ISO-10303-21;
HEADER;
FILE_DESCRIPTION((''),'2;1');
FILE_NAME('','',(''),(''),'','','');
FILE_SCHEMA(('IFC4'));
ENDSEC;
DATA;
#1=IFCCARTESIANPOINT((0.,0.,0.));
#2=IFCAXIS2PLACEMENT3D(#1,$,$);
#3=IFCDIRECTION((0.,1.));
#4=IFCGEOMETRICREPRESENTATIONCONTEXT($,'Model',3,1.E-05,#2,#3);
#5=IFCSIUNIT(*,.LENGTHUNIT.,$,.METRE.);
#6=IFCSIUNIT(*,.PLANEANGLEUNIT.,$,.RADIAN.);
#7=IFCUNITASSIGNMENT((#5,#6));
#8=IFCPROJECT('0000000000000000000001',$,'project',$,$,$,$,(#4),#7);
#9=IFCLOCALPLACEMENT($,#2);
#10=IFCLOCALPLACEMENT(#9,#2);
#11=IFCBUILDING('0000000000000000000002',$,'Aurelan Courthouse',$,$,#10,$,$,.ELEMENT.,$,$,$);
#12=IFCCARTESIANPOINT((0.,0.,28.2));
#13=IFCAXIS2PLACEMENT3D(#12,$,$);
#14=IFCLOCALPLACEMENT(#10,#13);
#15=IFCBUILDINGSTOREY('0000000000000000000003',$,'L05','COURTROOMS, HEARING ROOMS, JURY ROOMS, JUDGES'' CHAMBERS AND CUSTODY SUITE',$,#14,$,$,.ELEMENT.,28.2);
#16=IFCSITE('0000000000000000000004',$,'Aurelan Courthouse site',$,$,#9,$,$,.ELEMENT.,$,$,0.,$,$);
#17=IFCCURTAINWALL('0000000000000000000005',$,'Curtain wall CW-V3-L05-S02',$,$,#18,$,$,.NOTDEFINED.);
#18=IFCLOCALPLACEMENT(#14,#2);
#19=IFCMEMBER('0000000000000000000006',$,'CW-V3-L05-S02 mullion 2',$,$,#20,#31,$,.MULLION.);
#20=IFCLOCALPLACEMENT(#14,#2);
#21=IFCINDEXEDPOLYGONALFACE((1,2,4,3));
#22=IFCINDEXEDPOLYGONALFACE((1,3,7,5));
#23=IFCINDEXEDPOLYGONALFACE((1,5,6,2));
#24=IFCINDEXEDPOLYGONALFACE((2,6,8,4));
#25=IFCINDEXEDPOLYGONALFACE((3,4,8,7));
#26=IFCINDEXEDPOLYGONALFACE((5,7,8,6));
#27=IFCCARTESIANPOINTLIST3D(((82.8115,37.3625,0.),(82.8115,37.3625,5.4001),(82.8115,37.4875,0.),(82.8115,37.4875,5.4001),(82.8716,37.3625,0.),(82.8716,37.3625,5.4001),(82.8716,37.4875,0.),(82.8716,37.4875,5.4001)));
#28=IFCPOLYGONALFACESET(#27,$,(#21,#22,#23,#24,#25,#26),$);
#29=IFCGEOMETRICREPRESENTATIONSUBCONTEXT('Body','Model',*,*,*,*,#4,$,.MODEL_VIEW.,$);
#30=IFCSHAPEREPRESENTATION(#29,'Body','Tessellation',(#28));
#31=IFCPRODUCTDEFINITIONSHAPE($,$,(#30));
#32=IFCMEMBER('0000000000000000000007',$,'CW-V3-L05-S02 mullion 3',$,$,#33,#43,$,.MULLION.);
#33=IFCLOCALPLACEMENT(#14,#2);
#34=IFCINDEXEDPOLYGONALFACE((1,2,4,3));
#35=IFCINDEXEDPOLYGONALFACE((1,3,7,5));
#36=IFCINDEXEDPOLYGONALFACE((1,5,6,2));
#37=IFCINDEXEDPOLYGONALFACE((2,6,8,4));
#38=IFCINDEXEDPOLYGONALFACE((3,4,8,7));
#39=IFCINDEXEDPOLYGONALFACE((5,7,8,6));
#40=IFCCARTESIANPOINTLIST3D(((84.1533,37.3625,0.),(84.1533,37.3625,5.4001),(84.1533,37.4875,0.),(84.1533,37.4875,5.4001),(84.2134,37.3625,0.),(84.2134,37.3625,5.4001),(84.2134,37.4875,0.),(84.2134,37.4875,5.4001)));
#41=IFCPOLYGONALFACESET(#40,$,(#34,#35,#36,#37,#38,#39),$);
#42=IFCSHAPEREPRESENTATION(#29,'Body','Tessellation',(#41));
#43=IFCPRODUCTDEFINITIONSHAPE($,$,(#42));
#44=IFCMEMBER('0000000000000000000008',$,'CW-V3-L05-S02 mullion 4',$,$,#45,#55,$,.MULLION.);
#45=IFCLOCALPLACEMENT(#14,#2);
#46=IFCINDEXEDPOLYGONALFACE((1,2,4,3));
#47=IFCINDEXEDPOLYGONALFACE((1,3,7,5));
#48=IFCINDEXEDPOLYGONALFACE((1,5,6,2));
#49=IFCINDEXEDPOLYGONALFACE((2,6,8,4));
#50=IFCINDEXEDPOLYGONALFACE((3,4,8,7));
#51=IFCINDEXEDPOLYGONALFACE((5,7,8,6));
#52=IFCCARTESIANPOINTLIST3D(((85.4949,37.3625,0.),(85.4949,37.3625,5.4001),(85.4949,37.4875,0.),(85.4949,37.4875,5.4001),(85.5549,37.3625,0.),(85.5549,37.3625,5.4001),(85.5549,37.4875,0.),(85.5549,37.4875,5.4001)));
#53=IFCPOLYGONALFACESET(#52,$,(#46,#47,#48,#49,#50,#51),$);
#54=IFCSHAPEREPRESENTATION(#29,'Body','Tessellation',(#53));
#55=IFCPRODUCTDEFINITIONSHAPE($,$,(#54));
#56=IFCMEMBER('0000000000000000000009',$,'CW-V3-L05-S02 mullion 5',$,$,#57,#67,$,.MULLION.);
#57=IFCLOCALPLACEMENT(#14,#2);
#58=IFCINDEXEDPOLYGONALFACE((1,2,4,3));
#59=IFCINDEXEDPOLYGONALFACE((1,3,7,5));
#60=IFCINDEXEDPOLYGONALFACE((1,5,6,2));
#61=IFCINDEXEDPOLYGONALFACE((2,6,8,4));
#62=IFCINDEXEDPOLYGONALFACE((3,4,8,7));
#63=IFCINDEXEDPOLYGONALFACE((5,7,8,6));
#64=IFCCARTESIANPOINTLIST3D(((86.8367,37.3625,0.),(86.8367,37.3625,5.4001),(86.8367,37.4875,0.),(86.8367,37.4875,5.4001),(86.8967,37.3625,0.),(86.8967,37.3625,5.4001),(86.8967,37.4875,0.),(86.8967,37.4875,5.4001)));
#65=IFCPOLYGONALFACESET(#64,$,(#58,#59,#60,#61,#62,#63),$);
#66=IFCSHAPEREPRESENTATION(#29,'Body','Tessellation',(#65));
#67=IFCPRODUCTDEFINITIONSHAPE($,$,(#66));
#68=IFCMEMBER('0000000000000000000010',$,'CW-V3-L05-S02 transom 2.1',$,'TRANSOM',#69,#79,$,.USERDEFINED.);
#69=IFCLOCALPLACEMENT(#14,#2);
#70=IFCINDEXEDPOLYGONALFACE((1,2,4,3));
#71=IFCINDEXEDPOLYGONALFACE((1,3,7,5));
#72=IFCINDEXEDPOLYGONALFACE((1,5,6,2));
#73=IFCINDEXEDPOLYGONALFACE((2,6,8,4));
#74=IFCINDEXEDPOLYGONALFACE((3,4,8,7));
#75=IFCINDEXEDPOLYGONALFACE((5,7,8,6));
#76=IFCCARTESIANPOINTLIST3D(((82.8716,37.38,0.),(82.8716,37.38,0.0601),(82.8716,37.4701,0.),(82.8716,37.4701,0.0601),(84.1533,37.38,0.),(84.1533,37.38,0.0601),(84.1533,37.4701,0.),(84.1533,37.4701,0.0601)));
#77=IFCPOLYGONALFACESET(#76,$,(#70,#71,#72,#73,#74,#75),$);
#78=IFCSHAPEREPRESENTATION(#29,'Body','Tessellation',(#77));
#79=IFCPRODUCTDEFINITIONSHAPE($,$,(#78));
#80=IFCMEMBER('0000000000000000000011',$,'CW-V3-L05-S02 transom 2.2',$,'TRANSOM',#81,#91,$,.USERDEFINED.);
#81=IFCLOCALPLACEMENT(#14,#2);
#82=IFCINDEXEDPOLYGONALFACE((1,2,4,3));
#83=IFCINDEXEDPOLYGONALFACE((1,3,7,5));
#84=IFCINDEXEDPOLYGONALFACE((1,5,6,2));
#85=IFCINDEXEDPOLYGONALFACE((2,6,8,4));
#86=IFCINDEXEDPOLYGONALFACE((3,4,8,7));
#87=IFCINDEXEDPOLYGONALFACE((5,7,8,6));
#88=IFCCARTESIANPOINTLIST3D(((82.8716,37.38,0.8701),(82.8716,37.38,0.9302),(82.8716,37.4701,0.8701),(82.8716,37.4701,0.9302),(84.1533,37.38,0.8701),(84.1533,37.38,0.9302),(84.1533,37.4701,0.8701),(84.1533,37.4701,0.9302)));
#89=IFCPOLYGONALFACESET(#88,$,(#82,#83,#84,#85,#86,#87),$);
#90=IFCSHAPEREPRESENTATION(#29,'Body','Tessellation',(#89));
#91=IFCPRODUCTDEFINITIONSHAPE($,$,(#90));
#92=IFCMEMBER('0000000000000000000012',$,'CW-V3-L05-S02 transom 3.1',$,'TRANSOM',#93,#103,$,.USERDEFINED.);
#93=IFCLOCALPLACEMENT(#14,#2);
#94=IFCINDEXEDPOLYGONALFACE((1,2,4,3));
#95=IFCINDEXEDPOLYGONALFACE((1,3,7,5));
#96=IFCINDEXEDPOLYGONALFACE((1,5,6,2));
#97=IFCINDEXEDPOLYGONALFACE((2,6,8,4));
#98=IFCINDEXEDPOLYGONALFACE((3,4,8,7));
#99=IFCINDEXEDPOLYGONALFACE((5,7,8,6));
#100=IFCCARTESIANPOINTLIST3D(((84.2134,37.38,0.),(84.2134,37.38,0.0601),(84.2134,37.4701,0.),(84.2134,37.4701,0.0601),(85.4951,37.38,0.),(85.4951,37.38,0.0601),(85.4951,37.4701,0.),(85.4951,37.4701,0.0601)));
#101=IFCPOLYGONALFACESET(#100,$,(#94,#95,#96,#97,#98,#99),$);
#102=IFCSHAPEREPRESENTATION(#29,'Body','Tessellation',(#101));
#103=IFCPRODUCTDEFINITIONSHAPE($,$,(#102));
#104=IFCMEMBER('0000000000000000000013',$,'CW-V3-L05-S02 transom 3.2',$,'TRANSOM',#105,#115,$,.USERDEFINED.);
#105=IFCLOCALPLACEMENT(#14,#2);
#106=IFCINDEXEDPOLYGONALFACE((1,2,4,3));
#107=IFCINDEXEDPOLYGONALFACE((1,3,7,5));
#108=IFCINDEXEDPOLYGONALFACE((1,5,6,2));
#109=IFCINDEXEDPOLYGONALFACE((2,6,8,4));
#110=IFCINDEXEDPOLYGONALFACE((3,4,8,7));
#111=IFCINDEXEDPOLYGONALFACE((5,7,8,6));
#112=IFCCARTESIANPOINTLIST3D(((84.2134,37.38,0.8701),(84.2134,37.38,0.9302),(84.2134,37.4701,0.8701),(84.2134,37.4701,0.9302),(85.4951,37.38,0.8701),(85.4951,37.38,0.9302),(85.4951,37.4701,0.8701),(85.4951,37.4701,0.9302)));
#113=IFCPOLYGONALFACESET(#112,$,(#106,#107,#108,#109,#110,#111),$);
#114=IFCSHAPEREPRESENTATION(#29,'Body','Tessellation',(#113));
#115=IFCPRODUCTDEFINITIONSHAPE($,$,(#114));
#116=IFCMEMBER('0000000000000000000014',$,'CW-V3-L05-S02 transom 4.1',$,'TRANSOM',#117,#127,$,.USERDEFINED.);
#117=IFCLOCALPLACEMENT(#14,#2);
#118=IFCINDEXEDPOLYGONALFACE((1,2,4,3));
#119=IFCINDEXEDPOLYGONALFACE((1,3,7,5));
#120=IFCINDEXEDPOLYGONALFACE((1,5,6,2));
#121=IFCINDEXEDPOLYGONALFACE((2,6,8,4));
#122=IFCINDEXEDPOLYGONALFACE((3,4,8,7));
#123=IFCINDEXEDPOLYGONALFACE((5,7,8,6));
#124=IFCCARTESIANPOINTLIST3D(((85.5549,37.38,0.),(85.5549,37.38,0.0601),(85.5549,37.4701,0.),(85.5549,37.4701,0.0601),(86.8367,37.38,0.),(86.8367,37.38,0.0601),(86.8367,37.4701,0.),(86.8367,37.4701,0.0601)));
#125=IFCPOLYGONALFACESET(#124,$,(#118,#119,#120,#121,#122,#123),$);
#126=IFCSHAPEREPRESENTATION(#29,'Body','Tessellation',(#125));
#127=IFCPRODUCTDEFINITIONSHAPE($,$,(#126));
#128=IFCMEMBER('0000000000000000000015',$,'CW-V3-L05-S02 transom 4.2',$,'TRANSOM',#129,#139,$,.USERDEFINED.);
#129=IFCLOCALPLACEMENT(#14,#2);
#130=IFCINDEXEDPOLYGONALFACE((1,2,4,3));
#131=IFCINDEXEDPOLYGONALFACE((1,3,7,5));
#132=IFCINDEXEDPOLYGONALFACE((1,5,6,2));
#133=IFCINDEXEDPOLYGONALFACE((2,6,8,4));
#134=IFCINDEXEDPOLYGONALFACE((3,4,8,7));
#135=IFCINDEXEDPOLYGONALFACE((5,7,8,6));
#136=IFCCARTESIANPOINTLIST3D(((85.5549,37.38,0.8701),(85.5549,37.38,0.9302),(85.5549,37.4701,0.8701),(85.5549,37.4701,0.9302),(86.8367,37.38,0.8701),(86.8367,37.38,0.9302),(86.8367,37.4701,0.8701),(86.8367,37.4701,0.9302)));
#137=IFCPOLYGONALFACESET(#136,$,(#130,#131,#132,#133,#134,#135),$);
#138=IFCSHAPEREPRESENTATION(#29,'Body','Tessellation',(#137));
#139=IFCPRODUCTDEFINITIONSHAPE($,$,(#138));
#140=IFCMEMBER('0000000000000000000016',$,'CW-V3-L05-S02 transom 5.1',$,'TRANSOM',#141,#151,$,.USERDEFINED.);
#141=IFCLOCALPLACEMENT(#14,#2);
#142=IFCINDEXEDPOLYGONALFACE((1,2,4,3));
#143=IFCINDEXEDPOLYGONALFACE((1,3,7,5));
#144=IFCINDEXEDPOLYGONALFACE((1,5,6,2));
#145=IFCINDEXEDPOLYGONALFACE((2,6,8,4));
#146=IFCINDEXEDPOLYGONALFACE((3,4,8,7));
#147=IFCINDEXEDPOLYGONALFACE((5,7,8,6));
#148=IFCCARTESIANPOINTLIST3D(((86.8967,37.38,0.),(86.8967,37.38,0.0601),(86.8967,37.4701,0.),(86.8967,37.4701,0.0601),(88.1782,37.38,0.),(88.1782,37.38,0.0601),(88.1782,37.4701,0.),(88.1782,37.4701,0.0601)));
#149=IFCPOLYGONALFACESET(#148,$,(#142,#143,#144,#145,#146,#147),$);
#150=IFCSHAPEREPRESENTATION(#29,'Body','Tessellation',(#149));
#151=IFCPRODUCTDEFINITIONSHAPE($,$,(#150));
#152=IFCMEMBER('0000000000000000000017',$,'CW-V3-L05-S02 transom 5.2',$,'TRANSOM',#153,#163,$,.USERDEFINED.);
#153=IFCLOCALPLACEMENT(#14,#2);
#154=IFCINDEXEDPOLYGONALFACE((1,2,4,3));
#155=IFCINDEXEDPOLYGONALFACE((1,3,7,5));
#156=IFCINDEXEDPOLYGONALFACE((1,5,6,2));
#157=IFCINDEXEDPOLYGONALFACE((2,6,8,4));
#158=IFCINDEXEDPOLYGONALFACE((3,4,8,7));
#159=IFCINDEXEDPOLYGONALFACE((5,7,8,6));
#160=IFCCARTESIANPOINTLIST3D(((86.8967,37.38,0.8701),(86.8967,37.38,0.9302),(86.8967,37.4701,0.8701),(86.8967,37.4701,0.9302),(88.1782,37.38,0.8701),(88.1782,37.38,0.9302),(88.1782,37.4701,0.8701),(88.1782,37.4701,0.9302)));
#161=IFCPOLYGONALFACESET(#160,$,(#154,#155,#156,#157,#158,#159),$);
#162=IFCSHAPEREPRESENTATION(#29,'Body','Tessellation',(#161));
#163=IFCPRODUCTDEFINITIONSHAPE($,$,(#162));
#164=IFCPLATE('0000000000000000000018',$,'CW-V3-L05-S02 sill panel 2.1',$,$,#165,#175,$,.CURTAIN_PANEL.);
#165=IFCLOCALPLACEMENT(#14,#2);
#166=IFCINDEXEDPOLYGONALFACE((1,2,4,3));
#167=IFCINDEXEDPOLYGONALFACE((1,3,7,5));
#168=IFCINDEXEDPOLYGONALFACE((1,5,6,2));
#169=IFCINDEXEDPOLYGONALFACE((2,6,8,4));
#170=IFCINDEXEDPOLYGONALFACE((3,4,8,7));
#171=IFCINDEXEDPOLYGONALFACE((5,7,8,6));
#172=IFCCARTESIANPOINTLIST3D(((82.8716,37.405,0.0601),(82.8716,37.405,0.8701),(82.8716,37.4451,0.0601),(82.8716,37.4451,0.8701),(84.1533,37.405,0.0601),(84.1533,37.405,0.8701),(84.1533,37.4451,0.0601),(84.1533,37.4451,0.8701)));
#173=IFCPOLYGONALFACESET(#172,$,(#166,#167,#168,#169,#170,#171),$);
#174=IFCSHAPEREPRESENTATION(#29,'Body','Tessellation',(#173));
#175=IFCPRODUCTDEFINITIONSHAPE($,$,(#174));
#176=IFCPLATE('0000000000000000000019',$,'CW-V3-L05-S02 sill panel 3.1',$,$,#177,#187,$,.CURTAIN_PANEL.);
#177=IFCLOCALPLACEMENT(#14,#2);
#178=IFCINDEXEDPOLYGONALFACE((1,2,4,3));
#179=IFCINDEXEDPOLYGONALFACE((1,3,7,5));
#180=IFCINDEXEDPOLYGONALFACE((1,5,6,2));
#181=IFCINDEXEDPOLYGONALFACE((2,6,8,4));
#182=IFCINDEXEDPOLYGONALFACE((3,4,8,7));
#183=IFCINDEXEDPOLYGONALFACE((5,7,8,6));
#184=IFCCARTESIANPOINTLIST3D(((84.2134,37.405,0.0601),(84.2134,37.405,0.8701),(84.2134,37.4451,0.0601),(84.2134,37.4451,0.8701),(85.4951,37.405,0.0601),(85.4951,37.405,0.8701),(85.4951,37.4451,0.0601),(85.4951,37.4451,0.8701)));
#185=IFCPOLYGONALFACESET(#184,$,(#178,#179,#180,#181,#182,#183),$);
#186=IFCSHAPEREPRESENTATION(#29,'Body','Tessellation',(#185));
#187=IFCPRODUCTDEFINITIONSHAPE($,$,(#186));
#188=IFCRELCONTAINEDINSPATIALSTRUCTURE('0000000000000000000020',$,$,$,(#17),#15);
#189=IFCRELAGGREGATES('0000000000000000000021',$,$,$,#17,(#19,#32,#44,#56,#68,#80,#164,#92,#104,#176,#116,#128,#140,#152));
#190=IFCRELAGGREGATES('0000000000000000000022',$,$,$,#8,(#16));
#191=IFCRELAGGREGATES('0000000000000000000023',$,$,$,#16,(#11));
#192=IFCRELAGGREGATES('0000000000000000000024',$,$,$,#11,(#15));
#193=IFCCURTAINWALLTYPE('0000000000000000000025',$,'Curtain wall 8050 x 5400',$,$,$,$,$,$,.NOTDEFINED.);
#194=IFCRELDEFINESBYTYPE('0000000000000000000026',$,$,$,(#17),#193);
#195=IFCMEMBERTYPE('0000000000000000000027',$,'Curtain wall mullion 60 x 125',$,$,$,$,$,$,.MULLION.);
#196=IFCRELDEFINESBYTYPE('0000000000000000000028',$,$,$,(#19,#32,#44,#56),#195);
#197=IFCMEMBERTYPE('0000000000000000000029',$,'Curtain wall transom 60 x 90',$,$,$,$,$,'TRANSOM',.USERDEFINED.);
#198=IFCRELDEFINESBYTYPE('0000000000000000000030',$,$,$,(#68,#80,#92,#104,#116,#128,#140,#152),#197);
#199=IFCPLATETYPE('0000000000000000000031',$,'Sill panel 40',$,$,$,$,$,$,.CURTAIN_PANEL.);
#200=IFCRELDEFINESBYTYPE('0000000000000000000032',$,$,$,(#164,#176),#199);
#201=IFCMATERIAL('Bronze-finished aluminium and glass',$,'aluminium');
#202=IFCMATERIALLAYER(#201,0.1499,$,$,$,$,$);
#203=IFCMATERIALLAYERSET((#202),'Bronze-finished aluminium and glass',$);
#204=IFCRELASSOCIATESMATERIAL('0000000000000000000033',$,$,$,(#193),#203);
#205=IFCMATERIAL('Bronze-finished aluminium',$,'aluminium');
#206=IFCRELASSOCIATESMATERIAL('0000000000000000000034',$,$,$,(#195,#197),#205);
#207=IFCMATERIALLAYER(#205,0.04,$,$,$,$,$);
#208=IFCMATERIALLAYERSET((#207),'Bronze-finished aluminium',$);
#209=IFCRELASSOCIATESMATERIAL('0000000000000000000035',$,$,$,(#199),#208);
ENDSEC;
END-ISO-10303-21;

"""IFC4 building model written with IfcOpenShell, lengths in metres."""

from ifc_helpers import new_model, si_unit, direction, frame, origin, origin_2d, place, context, subcontext, project, spatial, rectangle, extrude, material, layer, layer_set, material_profile, profile_set, type_object, element, aggregate, save


model = new_model("IFC4")

# Units and contexts
model_context = context("Model", 3, precision=1e-05, world=origin(), true_north=direction((0.0, 1.0)))
body_context = subcontext(model_context, "Body", "Model", "MODEL_VIEW")
ifc_project = project(units=[si_unit("LENGTHUNIT", "METRE"), si_unit("PLANEANGLEUNIT", "RADIAN")], contexts=[model_context])

# Site, building, storey
site_placement = place(None, origin())
site = spatial("IfcSite", under=ifc_project, at=site_placement, Name="Aurelan Courthouse site", CompositionType="ELEMENT", RefElevation=0.0)
building_placement = place(site_placement, origin())
building = spatial("IfcBuilding", under=site, at=building_placement, Name="Aurelan Courthouse", CompositionType="ELEMENT")
storey_placement = place(building_placement, frame((0.0, 0.0, 28.2)))
storey = spatial("IfcBuildingStorey", under=building, at=storey_placement, Name="L05", Description="COURTROOMS, HEARING ROOMS, JURY ROOMS, JUDGES' CHAMBERS AND CUSTODY SUITE", CompositionType="ELEMENT", Elevation=28.2)

# Curtain wall, members, plates
ifc_material_1 = material(Name="Bronze-finished aluminium and glass", Category="aluminium")
ifc_layer_1 = layer(ifc_material_1, 0.1499)
ifc_layer_set_1 = layer_set([ifc_layer_1], Name="Bronze-finished aluminium and glass")
curtain_wall_type = type_object("IfcCurtainWallType", Name="Curtain wall 8050 x 5400", PredefinedType="NOTDEFINED", material=ifc_layer_set_1)
curtain_wall_placement = place(storey_placement, origin())
curtain_wall = element("IfcCurtainWall", 1, at=curtain_wall_placement, inside=storey, type_object=curtain_wall_type, Name="Curtain wall CW-V3-L05-S02", PredefinedType="NOTDEFINED")
ifc_material_2 = material(Name="Bronze-finished aluminium", Category="aluminium")
ifc_material_profile_1 = material_profile(ifc_material_2, rectangle(XDim=0.125, YDim=0.0601, at=origin_2d()), Name="Bronze mullion 60 x 125")
ifc_profile_set_1 = profile_set([ifc_material_profile_1], Name="Bronze-finished aluminium")
member_type_1 = type_object("IfcMemberType", Name="Curtain wall mullion 60 x 125", PredefinedType="MULLION", material=ifc_profile_set_1)
member_1_placement = place(storey_placement, frame((82.8416, 37.425, 0.0), z_axis=(0.0, 0.0, 1.0), x_axis=(0.0, 1.0, 0.0)))
member_1 = element("IfcMember", 2, at=member_1_placement, type_object=member_type_1, Name="CW-V3-L05-S02 mullion 2", PredefinedType="MULLION", context=body_context, shape_type="SweptSolid", body=[
    extrude(rectangle(XDim=0.125, YDim=0.0601, at=origin_2d()), origin(), (0.0, 0.0, 1.0), 5.4001),
])
member_2_placement = place(storey_placement, frame((84.1833, 37.425, 0.0), z_axis=(0.0, 0.0, 1.0), x_axis=(0.0, 1.0, 0.0)))
member_2 = element("IfcMember", 3, at=member_2_placement, type_object=member_type_1, Name="CW-V3-L05-S02 mullion 3", PredefinedType="MULLION", context=body_context, shape_type="SweptSolid", body=[
    extrude(rectangle(XDim=0.125, YDim=0.0601, at=origin_2d()), origin(), (0.0, 0.0, 1.0), 5.4001),
])
member_3_placement = place(storey_placement, frame((85.5249, 37.425, 0.0), z_axis=(0.0, 0.0, 1.0), x_axis=(0.0, 1.0, 0.0)))
member_3 = element("IfcMember", 4, at=member_3_placement, type_object=member_type_1, Name="CW-V3-L05-S02 mullion 4", PredefinedType="MULLION", context=body_context, shape_type="SweptSolid", body=[
    extrude(rectangle(XDim=0.125, YDim=0.0601, at=origin_2d()), origin(), (0.0, 0.0, 1.0), 5.4001),
])
member_4_placement = place(storey_placement, frame((86.8667, 37.425, 0.0), z_axis=(0.0, 0.0, 1.0), x_axis=(0.0, 1.0, 0.0)))
member_4 = element("IfcMember", 5, at=member_4_placement, type_object=member_type_1, Name="CW-V3-L05-S02 mullion 5", PredefinedType="MULLION", context=body_context, shape_type="SweptSolid", body=[
    extrude(rectangle(XDim=0.125, YDim=0.0601, at=origin_2d()), origin(), (0.0, 0.0, 1.0), 5.4001),
])
ifc_material_profile_2 = material_profile(ifc_material_2, rectangle(XDim=0.0901, YDim=0.0601, at=origin_2d()), Name="Bronze transom 60 x 90")
ifc_profile_set_2 = profile_set([ifc_material_profile_2], Name="Bronze-finished aluminium")
member_type_2 = type_object("IfcMemberType", Name="Curtain wall transom 60 x 90", ElementType="TRANSOM", PredefinedType="USERDEFINED", material=ifc_profile_set_2)
member_5_placement = place(storey_placement, frame((82.8716, 37.425, 0.03), z_axis=(1.0, 0.0, 0.0), x_axis=(0.0, 1.0, 0.0)))
member_5 = element("IfcMember", 6, at=member_5_placement, type_object=member_type_2, Name="CW-V3-L05-S02 transom 2.1", ObjectType="TRANSOM", PredefinedType="USERDEFINED", context=body_context, shape_type="SweptSolid", body=[
    extrude(rectangle(XDim=0.0901, YDim=0.0601, at=origin_2d()), origin(), (0.0, 0.0, 1.0), 1.2817),
])
member_6_placement = place(storey_placement, frame((82.8716, 37.425, 0.9001), z_axis=(1.0, 0.0, 0.0), x_axis=(0.0, 1.0, 0.0)))
member_6 = element("IfcMember", 7, at=member_6_placement, type_object=member_type_2, Name="CW-V3-L05-S02 transom 2.2", ObjectType="TRANSOM", PredefinedType="USERDEFINED", context=body_context, shape_type="SweptSolid", body=[
    extrude(rectangle(XDim=0.0901, YDim=0.0601, at=origin_2d()), origin(), (0.0, 0.0, 1.0), 1.2817),
])
member_7_placement = place(storey_placement, frame((84.2134, 37.425, 0.03), z_axis=(1.0, 0.0, 0.0), x_axis=(0.0, 1.0, 0.0)))
member_7 = element("IfcMember", 8, at=member_7_placement, type_object=member_type_2, Name="CW-V3-L05-S02 transom 3.1", ObjectType="TRANSOM", PredefinedType="USERDEFINED", context=body_context, shape_type="SweptSolid", body=[
    extrude(rectangle(XDim=0.0901, YDim=0.0601, at=origin_2d()), origin(), (0.0, 0.0, 1.0), 1.2817),
])
member_8_placement = place(storey_placement, frame((84.2134, 37.425, 0.9001), z_axis=(1.0, 0.0, 0.0), x_axis=(0.0, 1.0, 0.0)))
member_8 = element("IfcMember", 9, at=member_8_placement, type_object=member_type_2, Name="CW-V3-L05-S02 transom 3.2", ObjectType="TRANSOM", PredefinedType="USERDEFINED", context=body_context, shape_type="SweptSolid", body=[
    extrude(rectangle(XDim=0.0901, YDim=0.0601, at=origin_2d()), origin(), (0.0, 0.0, 1.0), 1.2817),
])
member_9_placement = place(storey_placement, frame((85.5549, 37.425, 0.03), z_axis=(1.0, 0.0, 0.0), x_axis=(0.0, 1.0, 0.0)))
member_9 = element("IfcMember", 10, at=member_9_placement, type_object=member_type_2, Name="CW-V3-L05-S02 transom 4.1", ObjectType="TRANSOM", PredefinedType="USERDEFINED", context=body_context, shape_type="SweptSolid", body=[
    extrude(rectangle(XDim=0.0901, YDim=0.0601, at=origin_2d()), origin(), (0.0, 0.0, 1.0), 1.2817),
])
member_10_placement = place(storey_placement, frame((85.5549, 37.425, 0.9001), z_axis=(1.0, 0.0, 0.0), x_axis=(0.0, 1.0, 0.0)))
member_10 = element("IfcMember", 11, at=member_10_placement, type_object=member_type_2, Name="CW-V3-L05-S02 transom 4.2", ObjectType="TRANSOM", PredefinedType="USERDEFINED", context=body_context, shape_type="SweptSolid", body=[
    extrude(rectangle(XDim=0.0901, YDim=0.0601, at=origin_2d()), origin(), (0.0, 0.0, 1.0), 1.2817),
])
member_11_placement = place(storey_placement, frame((86.8967, 37.425, 0.03), z_axis=(1.0, 0.0, 0.0), x_axis=(0.0, 1.0, 0.0)))
member_11 = element("IfcMember", 12, at=member_11_placement, type_object=member_type_2, Name="CW-V3-L05-S02 transom 5.1", ObjectType="TRANSOM", PredefinedType="USERDEFINED", context=body_context, shape_type="SweptSolid", body=[
    extrude(rectangle(XDim=0.0901, YDim=0.0601, at=origin_2d()), origin(), (0.0, 0.0, 1.0), 1.2815),
])
member_12_placement = place(storey_placement, frame((86.8967, 37.425, 0.9001), z_axis=(1.0, 0.0, 0.0), x_axis=(0.0, 1.0, 0.0)))
member_12 = element("IfcMember", 13, at=member_12_placement, type_object=member_type_2, Name="CW-V3-L05-S02 transom 5.2", ObjectType="TRANSOM", PredefinedType="USERDEFINED", context=body_context, shape_type="SweptSolid", body=[
    extrude(rectangle(XDim=0.0901, YDim=0.0601, at=origin_2d()), origin(), (0.0, 0.0, 1.0), 1.2815),
])
ifc_layer_2 = layer(ifc_material_2, 0.04)
ifc_layer_set_2 = layer_set([ifc_layer_2], Name="Bronze-finished aluminium")
plate_type_1 = type_object("IfcPlateType", Name="Sill panel 40", PredefinedType="CURTAIN_PANEL", material=ifc_layer_set_2)
plate_1_placement = place(storey_placement, frame((83.5125, 37.425, 0.0601), z_axis=(0.0, 0.0, 1.0), x_axis=(1.0, 0.0, 0.0)))
plate_1 = element("IfcPlate", 14, at=plate_1_placement, type_object=plate_type_1, Name="CW-V3-L05-S02 sill panel 2.1", PredefinedType="CURTAIN_PANEL", context=body_context, shape_type="SweptSolid", body=[
    extrude(rectangle(XDim=1.2817, YDim=0.04, at=origin_2d()), origin(), (0.0, 0.0, 1.0), 0.8101),
])
plate_2_placement = place(storey_placement, frame((84.8542, 37.425, 0.0601), z_axis=(0.0, 0.0, 1.0), x_axis=(1.0, 0.0, 0.0)))
plate_2 = element("IfcPlate", 15, at=plate_2_placement, type_object=plate_type_1, Name="CW-V3-L05-S02 sill panel 3.1", PredefinedType="CURTAIN_PANEL", context=body_context, shape_type="SweptSolid", body=[
    extrude(rectangle(XDim=1.2817, YDim=0.04, at=origin_2d()), origin(), (0.0, 0.0, 1.0), 0.8101),
])
aggregate(curtain_wall, [member_1, member_2, member_3, member_4, member_5, member_6, plate_1, member_7, member_8, plate_2, member_9, member_10, member_11, member_12])

save(model, "model.ifc")
